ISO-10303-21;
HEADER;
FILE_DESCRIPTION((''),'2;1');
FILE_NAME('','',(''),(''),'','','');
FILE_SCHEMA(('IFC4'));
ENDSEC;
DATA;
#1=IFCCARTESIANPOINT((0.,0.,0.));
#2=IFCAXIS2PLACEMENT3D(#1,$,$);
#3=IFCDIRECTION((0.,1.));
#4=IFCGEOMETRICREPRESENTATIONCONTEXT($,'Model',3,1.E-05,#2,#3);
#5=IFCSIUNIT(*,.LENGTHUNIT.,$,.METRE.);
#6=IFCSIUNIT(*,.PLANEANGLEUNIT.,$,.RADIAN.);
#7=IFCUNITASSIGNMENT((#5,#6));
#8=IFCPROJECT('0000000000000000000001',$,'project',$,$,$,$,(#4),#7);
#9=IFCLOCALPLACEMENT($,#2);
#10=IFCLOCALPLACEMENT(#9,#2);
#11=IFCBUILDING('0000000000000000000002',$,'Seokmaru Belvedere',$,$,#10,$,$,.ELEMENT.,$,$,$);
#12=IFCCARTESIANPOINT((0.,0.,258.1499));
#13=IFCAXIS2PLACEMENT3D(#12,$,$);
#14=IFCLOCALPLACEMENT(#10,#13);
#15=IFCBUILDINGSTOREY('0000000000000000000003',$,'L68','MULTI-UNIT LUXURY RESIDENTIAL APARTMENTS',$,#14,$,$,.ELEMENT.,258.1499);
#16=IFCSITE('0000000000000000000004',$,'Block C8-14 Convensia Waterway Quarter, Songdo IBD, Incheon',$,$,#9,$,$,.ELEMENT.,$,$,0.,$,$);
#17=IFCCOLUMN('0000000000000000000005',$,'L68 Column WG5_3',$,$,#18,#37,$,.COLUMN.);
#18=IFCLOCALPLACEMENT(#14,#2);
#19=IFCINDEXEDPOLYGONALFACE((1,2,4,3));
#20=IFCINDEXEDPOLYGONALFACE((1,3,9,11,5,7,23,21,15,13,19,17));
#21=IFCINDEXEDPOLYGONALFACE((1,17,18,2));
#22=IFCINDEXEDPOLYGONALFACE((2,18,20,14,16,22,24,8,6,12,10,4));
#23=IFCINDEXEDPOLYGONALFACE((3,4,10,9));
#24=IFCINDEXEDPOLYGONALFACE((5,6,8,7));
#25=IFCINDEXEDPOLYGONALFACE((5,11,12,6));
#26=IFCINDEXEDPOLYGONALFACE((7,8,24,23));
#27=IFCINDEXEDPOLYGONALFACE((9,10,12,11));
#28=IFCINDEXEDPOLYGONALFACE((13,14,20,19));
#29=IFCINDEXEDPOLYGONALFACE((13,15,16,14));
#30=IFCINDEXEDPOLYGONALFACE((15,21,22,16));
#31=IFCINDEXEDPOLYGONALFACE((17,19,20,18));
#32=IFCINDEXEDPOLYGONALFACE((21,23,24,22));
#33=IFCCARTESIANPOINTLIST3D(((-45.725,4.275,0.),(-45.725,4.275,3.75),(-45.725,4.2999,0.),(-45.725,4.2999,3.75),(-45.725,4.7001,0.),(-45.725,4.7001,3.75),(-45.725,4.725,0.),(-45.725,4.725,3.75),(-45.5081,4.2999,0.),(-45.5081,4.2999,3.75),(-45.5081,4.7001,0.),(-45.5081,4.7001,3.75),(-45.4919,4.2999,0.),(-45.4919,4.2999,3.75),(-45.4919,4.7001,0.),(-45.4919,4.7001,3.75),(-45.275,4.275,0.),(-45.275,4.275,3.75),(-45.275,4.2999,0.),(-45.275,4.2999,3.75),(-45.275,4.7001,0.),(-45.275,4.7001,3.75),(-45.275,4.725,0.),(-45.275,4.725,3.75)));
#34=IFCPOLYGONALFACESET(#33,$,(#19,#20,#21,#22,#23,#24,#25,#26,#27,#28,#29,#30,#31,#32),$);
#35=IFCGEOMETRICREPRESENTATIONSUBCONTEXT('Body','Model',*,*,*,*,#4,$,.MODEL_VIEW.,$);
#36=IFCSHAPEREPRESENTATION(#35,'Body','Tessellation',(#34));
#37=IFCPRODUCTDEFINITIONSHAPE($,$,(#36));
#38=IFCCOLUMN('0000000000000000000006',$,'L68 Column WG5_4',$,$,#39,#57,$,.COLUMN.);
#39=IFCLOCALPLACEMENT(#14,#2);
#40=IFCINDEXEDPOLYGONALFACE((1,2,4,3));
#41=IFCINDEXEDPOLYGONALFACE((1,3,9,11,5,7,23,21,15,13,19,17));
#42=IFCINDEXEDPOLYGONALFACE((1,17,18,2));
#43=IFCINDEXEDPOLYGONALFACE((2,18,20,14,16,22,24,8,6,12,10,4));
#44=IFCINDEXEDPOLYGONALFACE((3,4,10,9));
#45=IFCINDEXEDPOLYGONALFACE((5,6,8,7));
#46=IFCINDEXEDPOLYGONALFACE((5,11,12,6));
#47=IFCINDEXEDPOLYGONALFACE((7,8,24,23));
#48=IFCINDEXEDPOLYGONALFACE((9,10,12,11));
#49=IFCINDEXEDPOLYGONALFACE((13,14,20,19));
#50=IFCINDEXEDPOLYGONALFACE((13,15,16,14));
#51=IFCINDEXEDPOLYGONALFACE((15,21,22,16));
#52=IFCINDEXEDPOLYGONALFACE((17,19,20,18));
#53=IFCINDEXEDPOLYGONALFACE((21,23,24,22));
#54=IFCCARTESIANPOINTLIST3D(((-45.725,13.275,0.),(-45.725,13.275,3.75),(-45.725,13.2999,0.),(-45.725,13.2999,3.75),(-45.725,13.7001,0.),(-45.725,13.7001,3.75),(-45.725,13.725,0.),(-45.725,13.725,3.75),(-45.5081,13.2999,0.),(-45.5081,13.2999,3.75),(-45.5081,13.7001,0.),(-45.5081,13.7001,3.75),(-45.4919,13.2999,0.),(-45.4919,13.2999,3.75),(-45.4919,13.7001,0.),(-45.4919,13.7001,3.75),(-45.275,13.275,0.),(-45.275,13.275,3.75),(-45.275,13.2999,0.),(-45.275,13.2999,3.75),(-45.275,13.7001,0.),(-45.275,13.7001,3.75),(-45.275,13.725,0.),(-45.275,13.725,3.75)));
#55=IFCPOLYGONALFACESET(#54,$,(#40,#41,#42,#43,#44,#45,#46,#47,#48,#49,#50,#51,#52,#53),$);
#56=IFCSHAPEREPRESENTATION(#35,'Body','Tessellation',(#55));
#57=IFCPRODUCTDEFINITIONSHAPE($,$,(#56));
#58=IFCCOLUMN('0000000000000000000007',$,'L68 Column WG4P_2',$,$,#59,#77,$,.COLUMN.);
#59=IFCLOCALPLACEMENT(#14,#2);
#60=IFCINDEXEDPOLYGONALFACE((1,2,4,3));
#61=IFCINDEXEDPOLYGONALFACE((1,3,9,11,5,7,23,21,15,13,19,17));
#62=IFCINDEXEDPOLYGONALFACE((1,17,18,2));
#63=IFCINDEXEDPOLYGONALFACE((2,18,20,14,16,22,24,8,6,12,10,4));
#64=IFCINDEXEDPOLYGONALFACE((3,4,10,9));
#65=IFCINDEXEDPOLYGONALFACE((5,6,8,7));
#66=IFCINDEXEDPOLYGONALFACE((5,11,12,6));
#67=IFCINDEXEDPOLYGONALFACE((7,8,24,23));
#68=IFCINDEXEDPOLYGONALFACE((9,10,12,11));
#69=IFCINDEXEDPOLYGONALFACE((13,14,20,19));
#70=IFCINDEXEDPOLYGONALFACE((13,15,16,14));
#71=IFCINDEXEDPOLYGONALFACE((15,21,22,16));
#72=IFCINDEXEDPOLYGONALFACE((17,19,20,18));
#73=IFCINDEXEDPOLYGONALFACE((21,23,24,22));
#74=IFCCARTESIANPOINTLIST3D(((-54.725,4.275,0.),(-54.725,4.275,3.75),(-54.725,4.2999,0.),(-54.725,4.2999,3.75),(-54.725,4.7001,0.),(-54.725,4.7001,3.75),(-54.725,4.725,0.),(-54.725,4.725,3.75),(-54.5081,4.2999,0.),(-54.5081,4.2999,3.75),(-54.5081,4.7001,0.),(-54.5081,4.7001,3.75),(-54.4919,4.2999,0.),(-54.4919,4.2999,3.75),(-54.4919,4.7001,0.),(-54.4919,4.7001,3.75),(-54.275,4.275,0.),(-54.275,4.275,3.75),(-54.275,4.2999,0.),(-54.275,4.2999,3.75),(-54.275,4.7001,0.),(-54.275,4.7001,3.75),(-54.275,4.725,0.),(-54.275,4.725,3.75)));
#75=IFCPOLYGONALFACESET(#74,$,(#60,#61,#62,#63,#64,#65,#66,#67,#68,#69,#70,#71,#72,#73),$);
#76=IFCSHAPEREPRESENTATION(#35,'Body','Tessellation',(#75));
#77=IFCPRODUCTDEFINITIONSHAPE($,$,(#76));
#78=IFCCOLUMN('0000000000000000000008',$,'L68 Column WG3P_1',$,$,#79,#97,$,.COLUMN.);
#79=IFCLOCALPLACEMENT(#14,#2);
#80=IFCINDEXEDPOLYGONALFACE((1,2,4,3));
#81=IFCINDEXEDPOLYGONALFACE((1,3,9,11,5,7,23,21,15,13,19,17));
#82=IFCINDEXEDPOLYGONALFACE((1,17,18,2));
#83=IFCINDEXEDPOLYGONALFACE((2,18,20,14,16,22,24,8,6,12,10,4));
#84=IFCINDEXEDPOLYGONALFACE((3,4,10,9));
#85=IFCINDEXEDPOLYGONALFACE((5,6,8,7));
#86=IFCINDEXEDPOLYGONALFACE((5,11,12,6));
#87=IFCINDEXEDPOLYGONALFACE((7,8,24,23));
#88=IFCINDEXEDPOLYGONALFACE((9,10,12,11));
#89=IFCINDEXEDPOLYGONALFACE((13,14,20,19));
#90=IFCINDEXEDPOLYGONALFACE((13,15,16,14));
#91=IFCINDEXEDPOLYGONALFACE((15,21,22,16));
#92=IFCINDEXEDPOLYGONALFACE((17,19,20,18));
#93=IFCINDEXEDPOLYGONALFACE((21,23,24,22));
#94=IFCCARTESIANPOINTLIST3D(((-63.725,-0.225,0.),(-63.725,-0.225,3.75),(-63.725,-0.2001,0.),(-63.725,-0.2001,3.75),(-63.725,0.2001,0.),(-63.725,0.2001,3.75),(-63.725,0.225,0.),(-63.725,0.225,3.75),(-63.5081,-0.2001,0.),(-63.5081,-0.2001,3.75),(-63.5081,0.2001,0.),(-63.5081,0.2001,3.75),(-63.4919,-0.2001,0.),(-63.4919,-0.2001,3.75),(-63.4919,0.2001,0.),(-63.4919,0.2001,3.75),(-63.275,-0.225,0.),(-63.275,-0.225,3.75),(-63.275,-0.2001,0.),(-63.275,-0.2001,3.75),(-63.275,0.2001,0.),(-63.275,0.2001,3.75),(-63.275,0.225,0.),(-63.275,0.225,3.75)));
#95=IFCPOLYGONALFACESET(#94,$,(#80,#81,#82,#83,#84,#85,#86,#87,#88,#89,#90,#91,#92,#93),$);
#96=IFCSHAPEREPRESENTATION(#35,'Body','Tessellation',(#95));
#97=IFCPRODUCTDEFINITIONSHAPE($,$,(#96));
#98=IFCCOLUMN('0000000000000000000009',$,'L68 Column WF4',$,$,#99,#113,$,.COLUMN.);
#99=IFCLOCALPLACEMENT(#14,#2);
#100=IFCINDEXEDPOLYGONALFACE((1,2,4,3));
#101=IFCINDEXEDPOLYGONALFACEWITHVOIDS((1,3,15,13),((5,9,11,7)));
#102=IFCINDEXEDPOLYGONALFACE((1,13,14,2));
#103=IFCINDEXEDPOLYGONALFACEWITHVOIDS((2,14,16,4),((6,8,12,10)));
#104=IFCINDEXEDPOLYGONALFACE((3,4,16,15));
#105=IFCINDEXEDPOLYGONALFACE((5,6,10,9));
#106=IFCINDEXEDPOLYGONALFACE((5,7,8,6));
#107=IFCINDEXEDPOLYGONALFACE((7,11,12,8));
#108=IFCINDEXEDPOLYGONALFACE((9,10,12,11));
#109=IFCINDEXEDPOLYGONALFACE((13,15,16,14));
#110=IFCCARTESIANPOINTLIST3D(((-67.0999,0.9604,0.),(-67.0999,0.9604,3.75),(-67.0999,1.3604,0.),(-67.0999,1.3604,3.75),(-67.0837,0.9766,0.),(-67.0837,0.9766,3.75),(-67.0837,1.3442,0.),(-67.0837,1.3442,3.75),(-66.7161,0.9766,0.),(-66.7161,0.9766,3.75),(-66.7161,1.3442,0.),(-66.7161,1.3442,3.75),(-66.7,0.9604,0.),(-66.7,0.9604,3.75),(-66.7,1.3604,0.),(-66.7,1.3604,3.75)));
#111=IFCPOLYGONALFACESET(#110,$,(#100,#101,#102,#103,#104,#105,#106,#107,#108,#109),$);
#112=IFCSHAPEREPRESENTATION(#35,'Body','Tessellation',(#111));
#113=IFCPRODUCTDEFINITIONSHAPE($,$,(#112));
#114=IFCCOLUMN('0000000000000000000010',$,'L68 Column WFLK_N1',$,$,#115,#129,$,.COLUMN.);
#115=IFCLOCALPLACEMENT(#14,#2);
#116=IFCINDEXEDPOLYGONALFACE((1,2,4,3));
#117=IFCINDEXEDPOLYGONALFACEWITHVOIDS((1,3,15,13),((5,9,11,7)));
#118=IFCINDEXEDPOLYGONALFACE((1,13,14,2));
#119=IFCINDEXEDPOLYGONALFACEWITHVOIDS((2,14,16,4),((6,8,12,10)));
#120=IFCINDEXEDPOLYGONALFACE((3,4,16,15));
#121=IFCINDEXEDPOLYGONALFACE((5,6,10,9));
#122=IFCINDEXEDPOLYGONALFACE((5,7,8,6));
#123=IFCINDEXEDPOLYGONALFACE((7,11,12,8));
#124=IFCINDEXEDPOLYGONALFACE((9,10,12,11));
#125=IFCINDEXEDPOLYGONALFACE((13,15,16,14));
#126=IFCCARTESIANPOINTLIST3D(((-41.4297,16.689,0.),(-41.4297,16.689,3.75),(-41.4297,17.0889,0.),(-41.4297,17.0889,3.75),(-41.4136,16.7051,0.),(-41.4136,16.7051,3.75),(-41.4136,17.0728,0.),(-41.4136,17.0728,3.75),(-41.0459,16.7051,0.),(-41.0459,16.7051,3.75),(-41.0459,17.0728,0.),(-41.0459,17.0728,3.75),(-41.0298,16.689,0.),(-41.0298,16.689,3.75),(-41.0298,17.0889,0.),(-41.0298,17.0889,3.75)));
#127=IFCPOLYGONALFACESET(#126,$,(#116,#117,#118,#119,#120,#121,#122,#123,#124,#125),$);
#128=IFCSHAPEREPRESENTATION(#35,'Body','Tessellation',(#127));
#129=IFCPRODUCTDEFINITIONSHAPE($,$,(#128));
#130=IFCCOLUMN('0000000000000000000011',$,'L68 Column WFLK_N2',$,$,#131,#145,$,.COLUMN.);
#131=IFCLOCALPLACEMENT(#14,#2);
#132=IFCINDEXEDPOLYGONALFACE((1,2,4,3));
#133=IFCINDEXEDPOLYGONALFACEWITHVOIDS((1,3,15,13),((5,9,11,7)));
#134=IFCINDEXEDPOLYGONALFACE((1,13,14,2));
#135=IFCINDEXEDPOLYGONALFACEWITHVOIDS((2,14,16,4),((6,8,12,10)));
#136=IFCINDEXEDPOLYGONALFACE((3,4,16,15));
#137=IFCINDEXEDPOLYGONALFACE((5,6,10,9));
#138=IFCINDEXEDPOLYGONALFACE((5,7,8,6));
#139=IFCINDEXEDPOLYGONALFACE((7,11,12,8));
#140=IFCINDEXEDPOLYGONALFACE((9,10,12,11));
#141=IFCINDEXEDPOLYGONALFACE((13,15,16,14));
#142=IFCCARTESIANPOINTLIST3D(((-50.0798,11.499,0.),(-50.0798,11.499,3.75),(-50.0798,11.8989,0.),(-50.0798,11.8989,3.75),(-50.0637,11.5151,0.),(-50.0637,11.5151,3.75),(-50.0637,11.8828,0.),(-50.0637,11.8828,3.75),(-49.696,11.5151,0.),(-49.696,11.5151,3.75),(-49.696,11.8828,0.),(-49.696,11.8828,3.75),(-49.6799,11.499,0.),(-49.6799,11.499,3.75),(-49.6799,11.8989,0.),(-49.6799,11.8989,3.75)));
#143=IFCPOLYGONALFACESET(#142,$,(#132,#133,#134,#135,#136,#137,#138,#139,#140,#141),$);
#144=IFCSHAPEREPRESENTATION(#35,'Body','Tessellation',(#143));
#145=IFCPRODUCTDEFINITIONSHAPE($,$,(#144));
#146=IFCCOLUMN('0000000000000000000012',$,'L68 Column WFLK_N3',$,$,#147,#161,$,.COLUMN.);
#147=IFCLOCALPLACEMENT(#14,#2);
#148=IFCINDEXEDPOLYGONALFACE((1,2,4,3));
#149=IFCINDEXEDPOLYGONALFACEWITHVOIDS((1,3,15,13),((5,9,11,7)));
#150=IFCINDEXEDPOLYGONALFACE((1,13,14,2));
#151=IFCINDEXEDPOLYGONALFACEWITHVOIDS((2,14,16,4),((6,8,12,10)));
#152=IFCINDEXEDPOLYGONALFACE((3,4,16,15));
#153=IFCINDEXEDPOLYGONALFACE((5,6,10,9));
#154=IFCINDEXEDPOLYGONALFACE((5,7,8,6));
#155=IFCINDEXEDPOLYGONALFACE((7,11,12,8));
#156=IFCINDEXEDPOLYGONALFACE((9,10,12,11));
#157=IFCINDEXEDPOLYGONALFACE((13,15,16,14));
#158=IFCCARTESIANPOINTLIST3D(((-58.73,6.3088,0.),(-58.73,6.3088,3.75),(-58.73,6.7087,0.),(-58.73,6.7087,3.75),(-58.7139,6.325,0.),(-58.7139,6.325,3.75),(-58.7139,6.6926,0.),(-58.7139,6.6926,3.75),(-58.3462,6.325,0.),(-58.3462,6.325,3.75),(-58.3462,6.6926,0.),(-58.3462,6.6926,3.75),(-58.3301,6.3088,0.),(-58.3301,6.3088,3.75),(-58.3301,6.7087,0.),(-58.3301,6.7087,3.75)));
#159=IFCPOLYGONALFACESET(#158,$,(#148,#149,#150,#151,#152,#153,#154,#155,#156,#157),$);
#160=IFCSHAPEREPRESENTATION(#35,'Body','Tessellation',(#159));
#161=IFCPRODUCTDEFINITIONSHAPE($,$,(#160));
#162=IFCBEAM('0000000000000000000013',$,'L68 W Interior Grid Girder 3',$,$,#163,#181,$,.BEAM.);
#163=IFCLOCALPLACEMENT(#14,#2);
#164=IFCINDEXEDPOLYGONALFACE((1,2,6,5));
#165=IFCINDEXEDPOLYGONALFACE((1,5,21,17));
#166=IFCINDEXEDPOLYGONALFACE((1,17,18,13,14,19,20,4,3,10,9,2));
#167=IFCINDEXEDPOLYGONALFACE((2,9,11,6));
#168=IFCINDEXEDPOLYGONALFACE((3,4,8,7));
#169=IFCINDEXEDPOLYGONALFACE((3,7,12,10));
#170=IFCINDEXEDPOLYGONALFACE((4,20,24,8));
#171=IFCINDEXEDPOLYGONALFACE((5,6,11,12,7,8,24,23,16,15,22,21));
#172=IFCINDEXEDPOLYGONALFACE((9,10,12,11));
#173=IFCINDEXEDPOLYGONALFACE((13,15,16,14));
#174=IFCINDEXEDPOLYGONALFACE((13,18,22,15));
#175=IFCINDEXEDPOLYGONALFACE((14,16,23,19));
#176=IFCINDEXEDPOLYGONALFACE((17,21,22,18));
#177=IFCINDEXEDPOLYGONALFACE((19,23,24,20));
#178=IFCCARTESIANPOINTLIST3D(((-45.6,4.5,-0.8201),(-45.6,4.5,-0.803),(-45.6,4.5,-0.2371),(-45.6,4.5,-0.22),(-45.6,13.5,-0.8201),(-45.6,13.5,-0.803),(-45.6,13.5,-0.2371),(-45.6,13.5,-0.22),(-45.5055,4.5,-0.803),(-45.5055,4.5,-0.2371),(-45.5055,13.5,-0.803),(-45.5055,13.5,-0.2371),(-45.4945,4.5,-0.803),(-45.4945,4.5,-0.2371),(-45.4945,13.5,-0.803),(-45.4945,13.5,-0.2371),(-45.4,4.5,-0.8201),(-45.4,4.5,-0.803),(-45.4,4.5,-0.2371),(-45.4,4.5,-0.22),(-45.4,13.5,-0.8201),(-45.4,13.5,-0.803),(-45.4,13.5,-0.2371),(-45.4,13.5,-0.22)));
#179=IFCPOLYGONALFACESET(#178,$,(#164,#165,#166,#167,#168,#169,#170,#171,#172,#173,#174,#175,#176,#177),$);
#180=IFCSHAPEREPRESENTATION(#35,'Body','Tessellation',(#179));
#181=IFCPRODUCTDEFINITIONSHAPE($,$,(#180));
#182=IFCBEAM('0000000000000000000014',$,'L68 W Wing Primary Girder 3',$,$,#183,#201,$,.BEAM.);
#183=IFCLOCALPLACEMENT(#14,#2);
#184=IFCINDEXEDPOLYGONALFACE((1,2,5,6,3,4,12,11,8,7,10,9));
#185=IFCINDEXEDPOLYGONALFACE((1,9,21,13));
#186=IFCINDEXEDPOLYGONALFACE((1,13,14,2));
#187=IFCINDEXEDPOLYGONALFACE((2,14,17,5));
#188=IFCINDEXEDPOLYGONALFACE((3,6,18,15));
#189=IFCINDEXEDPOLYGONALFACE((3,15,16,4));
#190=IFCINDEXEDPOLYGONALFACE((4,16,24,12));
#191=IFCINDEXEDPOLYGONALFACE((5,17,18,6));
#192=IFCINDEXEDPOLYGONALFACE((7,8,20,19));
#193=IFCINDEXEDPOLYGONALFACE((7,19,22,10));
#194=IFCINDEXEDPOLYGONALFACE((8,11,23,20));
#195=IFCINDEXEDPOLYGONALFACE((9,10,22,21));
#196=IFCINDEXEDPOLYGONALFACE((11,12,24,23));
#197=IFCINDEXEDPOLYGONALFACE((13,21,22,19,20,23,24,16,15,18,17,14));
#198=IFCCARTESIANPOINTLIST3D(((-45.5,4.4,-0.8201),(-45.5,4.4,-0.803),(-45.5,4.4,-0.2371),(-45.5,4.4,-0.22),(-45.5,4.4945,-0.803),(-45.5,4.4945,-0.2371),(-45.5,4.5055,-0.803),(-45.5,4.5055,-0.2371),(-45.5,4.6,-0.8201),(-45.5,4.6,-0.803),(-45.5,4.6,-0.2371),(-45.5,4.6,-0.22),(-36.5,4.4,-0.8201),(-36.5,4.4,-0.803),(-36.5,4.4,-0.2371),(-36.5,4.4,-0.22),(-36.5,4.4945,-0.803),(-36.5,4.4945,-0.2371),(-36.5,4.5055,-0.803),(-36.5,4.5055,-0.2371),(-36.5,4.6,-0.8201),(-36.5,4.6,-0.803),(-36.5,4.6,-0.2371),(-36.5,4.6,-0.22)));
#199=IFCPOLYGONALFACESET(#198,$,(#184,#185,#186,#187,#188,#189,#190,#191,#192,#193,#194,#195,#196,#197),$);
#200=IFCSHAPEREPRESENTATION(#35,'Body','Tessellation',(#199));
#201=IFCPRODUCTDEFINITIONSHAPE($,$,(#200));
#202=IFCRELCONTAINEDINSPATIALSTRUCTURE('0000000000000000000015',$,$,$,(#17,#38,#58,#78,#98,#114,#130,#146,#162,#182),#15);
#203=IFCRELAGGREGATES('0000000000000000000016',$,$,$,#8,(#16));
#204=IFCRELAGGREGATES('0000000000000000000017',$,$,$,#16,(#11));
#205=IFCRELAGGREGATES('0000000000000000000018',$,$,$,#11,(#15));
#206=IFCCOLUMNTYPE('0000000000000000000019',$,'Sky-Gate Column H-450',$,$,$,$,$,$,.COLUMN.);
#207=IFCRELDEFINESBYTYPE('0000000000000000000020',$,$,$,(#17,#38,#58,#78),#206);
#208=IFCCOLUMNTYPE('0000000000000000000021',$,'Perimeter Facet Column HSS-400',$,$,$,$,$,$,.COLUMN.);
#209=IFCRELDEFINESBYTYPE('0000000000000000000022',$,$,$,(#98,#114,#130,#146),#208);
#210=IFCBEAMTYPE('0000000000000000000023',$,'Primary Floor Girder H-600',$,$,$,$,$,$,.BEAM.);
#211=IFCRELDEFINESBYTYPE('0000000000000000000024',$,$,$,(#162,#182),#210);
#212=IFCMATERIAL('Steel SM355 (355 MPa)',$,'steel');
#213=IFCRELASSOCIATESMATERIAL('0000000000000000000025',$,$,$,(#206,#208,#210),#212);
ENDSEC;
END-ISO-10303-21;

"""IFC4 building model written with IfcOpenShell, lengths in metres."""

from ifc_helpers import new_model, si_unit, direction, frame, origin, origin_2d, place, context, subcontext, project, spatial, hollow_rectangle, i_section, extrude, source, transform, mapped, material, material_profile, profile_set, type_object, type_shapes, element, save


model = new_model("IFC4")

# Units and contexts
model_context = context("Model", 3, precision=1e-05, world=origin(), true_north=direction((0.0, 1.0)))
body_context = subcontext(model_context, "Body", "Model", "MODEL_VIEW")
ifc_project = project(units=[si_unit("LENGTHUNIT", "METRE"), si_unit("PLANEANGLEUNIT", "RADIAN")], contexts=[model_context])

# Site, building, storey
site_placement = place(None, origin())
site = spatial("IfcSite", under=ifc_project, at=site_placement, Name="Block C8-14 Convensia Waterway Quarter, Songdo IBD, Incheon", CompositionType="ELEMENT", RefElevation=0.0)
building_placement = place(site_placement, origin())
building = spatial("IfcBuilding", under=site, at=building_placement, Name="Seokmaru Belvedere", CompositionType="ELEMENT")
storey_placement = place(building_placement, frame((0.0, 0.0, 258.1499)))
storey = spatial("IfcBuildingStorey", under=building, at=storey_placement, Name="L68", Description="MULTI-UNIT LUXURY RESIDENTIAL APARTMENTS", CompositionType="ELEMENT", Elevation=258.1499)

# Columns
ifc_material_1 = material(Name="Steel SM355 (355 MPa)", Category="steel")
ifc_material_profile_1 = material_profile(ifc_material_1, i_section(OverallWidth=0.45, OverallDepth=0.45, WebThickness=0.0161, FlangeThickness=0.0249, at=origin_2d()), Name="H-450x450x16x25")
ifc_profile_set_1 = profile_set([ifc_material_profile_1], Name="Steel SM355 (355 MPa)")
column_type_1 = type_object("IfcColumnType", Name="Sky-Gate Column H-450", PredefinedType="COLUMN", material=ifc_profile_set_1)
shared_shape_1 = source(origin(), body_context, "Body", "SweptSolid", [
    extrude(i_section(OverallWidth=0.45, OverallDepth=0.45, WebThickness=0.0161, FlangeThickness=0.0249, at=origin_2d()), origin(), (0.0, 0.0, 1.0), 3.75),
])
type_shapes(column_type_1, [shared_shape_1])
for number, where, z_axis, x_axis, name in (
    (1, (-45.5, 4.5, 0.0), (0.0, 0.0, 1.0), (1.0, 0.0, 0.0), "L68 Column WG5_3"),
    (2, (-45.5, 13.5, 0.0), (0.0, 0.0, 1.0), (1.0, 0.0, 0.0), "L68 Column WG5_4"),
    (3, (-54.5, 4.5, 0.0), (0.0, 0.0, 1.0), (1.0, 0.0, 0.0), "L68 Column WG4P_2"),
    (4, (-63.5, 0.0, 0.0), (0.0, 0.0, 1.0), (1.0, 0.0, 0.0), "L68 Column WG3P_1"),
):
    element("IfcColumn", number, at=place(storey_placement, frame(where, z_axis=z_axis, x_axis=x_axis)), inside=storey, type_object=column_type_1, Name=name, PredefinedType="COLUMN", context=body_context, shape_type="MappedRepresentation", body=[
        mapped(shared_shape_1, transform((0.0, 0.0, 0.0), scale=1.0)),
    ])
ifc_material_profile_2 = material_profile(ifc_material_1, hollow_rectangle(XDim=0.3999, YDim=0.3999, WallThickness=0.0161, at=origin_2d()), Name="HSS-400x400x16")
ifc_profile_set_2 = profile_set([ifc_material_profile_2], Name="Steel SM355 (355 MPa)")
column_type_2 = type_object("IfcColumnType", Name="Perimeter Facet Column HSS-400", PredefinedType="COLUMN", material=ifc_profile_set_2)
shared_shape_2 = source(origin(), body_context, "Body", "SweptSolid", [
    extrude(hollow_rectangle(XDim=0.3999, YDim=0.3999, WallThickness=0.0161, at=origin_2d()), origin(), (0.0, 0.0, 1.0), 3.75),
])
type_shapes(column_type_2, [shared_shape_2])
for number, where, z_axis, x_axis, name in (
    (5, (-66.8999, 1.1604, 0.0), (0.0, 0.0, 1.0), (1.0, 0.0, 0.0), "L68 Column WF4"),
    (6, (-41.2297, 16.8889, 0.0), (0.0, 0.0, 1.0), (1.0, 0.0, 0.0), "L68 Column WFLK_N1"),
    (7, (-49.8799, 11.699, 0.0), (0.0, 0.0, 1.0), (1.0, 0.0, 0.0), "L68 Column WFLK_N2"),
    (8, (-58.53, 6.5088, 0.0), (0.0, 0.0, 1.0), (1.0, 0.0, 0.0), "L68 Column WFLK_N3"),
):
    element("IfcColumn", number, at=place(storey_placement, frame(where, z_axis=z_axis, x_axis=x_axis)), inside=storey, type_object=column_type_2, Name=name, PredefinedType="COLUMN", context=body_context, shape_type="MappedRepresentation", body=[
        mapped(shared_shape_2, transform((0.0, 0.0, 0.0), scale=1.0)),
    ])

# Beams
ifc_material_profile_3 = material_profile(ifc_material_1, i_section(OverallWidth=0.2, OverallDepth=0.6001, WebThickness=0.011, FlangeThickness=0.0171, at=origin_2d()), Name="H-600x200x11x17")
ifc_profile_set_3 = profile_set([ifc_material_profile_3], Name="Steel SM355 (355 MPa)")
beam_type_1 = type_object("IfcBeamType", Name="Primary Floor Girder H-600", PredefinedType="BEAM", material=ifc_profile_set_3)
shared_shape_3 = source(origin(), body_context, "Body", "SweptSolid", [
    extrude(i_section(OverallWidth=0.2, OverallDepth=0.6001, WebThickness=0.011, FlangeThickness=0.0171, at=origin_2d()), origin(), (0.0, 0.0, 1.0), 9.0),
])
for number, where, z_axis, x_axis, name in (
    (9, (-45.5, 4.5, -0.52), (0.0, 1.0, 0.0), (-1.0, 0.0, 0.0), "L68 W Interior Grid Girder 3"),
    (10, (-45.5, 4.5, -0.52), (1.0, 0.0, 0.0), (0.0, 1.0, 0.0), "L68 W Wing Primary Girder 3"),
):
    element("IfcBeam", number, at=place(storey_placement, frame(where, z_axis=z_axis, x_axis=x_axis)), inside=storey, type_object=beam_type_1, Name=name, PredefinedType="BEAM", context=body_context, shape_type="MappedRepresentation", body=[
        mapped(shared_shape_3, transform((0.0, 0.0, 0.0), scale=1.0)),
    ])

save(model, "model.ifc")
